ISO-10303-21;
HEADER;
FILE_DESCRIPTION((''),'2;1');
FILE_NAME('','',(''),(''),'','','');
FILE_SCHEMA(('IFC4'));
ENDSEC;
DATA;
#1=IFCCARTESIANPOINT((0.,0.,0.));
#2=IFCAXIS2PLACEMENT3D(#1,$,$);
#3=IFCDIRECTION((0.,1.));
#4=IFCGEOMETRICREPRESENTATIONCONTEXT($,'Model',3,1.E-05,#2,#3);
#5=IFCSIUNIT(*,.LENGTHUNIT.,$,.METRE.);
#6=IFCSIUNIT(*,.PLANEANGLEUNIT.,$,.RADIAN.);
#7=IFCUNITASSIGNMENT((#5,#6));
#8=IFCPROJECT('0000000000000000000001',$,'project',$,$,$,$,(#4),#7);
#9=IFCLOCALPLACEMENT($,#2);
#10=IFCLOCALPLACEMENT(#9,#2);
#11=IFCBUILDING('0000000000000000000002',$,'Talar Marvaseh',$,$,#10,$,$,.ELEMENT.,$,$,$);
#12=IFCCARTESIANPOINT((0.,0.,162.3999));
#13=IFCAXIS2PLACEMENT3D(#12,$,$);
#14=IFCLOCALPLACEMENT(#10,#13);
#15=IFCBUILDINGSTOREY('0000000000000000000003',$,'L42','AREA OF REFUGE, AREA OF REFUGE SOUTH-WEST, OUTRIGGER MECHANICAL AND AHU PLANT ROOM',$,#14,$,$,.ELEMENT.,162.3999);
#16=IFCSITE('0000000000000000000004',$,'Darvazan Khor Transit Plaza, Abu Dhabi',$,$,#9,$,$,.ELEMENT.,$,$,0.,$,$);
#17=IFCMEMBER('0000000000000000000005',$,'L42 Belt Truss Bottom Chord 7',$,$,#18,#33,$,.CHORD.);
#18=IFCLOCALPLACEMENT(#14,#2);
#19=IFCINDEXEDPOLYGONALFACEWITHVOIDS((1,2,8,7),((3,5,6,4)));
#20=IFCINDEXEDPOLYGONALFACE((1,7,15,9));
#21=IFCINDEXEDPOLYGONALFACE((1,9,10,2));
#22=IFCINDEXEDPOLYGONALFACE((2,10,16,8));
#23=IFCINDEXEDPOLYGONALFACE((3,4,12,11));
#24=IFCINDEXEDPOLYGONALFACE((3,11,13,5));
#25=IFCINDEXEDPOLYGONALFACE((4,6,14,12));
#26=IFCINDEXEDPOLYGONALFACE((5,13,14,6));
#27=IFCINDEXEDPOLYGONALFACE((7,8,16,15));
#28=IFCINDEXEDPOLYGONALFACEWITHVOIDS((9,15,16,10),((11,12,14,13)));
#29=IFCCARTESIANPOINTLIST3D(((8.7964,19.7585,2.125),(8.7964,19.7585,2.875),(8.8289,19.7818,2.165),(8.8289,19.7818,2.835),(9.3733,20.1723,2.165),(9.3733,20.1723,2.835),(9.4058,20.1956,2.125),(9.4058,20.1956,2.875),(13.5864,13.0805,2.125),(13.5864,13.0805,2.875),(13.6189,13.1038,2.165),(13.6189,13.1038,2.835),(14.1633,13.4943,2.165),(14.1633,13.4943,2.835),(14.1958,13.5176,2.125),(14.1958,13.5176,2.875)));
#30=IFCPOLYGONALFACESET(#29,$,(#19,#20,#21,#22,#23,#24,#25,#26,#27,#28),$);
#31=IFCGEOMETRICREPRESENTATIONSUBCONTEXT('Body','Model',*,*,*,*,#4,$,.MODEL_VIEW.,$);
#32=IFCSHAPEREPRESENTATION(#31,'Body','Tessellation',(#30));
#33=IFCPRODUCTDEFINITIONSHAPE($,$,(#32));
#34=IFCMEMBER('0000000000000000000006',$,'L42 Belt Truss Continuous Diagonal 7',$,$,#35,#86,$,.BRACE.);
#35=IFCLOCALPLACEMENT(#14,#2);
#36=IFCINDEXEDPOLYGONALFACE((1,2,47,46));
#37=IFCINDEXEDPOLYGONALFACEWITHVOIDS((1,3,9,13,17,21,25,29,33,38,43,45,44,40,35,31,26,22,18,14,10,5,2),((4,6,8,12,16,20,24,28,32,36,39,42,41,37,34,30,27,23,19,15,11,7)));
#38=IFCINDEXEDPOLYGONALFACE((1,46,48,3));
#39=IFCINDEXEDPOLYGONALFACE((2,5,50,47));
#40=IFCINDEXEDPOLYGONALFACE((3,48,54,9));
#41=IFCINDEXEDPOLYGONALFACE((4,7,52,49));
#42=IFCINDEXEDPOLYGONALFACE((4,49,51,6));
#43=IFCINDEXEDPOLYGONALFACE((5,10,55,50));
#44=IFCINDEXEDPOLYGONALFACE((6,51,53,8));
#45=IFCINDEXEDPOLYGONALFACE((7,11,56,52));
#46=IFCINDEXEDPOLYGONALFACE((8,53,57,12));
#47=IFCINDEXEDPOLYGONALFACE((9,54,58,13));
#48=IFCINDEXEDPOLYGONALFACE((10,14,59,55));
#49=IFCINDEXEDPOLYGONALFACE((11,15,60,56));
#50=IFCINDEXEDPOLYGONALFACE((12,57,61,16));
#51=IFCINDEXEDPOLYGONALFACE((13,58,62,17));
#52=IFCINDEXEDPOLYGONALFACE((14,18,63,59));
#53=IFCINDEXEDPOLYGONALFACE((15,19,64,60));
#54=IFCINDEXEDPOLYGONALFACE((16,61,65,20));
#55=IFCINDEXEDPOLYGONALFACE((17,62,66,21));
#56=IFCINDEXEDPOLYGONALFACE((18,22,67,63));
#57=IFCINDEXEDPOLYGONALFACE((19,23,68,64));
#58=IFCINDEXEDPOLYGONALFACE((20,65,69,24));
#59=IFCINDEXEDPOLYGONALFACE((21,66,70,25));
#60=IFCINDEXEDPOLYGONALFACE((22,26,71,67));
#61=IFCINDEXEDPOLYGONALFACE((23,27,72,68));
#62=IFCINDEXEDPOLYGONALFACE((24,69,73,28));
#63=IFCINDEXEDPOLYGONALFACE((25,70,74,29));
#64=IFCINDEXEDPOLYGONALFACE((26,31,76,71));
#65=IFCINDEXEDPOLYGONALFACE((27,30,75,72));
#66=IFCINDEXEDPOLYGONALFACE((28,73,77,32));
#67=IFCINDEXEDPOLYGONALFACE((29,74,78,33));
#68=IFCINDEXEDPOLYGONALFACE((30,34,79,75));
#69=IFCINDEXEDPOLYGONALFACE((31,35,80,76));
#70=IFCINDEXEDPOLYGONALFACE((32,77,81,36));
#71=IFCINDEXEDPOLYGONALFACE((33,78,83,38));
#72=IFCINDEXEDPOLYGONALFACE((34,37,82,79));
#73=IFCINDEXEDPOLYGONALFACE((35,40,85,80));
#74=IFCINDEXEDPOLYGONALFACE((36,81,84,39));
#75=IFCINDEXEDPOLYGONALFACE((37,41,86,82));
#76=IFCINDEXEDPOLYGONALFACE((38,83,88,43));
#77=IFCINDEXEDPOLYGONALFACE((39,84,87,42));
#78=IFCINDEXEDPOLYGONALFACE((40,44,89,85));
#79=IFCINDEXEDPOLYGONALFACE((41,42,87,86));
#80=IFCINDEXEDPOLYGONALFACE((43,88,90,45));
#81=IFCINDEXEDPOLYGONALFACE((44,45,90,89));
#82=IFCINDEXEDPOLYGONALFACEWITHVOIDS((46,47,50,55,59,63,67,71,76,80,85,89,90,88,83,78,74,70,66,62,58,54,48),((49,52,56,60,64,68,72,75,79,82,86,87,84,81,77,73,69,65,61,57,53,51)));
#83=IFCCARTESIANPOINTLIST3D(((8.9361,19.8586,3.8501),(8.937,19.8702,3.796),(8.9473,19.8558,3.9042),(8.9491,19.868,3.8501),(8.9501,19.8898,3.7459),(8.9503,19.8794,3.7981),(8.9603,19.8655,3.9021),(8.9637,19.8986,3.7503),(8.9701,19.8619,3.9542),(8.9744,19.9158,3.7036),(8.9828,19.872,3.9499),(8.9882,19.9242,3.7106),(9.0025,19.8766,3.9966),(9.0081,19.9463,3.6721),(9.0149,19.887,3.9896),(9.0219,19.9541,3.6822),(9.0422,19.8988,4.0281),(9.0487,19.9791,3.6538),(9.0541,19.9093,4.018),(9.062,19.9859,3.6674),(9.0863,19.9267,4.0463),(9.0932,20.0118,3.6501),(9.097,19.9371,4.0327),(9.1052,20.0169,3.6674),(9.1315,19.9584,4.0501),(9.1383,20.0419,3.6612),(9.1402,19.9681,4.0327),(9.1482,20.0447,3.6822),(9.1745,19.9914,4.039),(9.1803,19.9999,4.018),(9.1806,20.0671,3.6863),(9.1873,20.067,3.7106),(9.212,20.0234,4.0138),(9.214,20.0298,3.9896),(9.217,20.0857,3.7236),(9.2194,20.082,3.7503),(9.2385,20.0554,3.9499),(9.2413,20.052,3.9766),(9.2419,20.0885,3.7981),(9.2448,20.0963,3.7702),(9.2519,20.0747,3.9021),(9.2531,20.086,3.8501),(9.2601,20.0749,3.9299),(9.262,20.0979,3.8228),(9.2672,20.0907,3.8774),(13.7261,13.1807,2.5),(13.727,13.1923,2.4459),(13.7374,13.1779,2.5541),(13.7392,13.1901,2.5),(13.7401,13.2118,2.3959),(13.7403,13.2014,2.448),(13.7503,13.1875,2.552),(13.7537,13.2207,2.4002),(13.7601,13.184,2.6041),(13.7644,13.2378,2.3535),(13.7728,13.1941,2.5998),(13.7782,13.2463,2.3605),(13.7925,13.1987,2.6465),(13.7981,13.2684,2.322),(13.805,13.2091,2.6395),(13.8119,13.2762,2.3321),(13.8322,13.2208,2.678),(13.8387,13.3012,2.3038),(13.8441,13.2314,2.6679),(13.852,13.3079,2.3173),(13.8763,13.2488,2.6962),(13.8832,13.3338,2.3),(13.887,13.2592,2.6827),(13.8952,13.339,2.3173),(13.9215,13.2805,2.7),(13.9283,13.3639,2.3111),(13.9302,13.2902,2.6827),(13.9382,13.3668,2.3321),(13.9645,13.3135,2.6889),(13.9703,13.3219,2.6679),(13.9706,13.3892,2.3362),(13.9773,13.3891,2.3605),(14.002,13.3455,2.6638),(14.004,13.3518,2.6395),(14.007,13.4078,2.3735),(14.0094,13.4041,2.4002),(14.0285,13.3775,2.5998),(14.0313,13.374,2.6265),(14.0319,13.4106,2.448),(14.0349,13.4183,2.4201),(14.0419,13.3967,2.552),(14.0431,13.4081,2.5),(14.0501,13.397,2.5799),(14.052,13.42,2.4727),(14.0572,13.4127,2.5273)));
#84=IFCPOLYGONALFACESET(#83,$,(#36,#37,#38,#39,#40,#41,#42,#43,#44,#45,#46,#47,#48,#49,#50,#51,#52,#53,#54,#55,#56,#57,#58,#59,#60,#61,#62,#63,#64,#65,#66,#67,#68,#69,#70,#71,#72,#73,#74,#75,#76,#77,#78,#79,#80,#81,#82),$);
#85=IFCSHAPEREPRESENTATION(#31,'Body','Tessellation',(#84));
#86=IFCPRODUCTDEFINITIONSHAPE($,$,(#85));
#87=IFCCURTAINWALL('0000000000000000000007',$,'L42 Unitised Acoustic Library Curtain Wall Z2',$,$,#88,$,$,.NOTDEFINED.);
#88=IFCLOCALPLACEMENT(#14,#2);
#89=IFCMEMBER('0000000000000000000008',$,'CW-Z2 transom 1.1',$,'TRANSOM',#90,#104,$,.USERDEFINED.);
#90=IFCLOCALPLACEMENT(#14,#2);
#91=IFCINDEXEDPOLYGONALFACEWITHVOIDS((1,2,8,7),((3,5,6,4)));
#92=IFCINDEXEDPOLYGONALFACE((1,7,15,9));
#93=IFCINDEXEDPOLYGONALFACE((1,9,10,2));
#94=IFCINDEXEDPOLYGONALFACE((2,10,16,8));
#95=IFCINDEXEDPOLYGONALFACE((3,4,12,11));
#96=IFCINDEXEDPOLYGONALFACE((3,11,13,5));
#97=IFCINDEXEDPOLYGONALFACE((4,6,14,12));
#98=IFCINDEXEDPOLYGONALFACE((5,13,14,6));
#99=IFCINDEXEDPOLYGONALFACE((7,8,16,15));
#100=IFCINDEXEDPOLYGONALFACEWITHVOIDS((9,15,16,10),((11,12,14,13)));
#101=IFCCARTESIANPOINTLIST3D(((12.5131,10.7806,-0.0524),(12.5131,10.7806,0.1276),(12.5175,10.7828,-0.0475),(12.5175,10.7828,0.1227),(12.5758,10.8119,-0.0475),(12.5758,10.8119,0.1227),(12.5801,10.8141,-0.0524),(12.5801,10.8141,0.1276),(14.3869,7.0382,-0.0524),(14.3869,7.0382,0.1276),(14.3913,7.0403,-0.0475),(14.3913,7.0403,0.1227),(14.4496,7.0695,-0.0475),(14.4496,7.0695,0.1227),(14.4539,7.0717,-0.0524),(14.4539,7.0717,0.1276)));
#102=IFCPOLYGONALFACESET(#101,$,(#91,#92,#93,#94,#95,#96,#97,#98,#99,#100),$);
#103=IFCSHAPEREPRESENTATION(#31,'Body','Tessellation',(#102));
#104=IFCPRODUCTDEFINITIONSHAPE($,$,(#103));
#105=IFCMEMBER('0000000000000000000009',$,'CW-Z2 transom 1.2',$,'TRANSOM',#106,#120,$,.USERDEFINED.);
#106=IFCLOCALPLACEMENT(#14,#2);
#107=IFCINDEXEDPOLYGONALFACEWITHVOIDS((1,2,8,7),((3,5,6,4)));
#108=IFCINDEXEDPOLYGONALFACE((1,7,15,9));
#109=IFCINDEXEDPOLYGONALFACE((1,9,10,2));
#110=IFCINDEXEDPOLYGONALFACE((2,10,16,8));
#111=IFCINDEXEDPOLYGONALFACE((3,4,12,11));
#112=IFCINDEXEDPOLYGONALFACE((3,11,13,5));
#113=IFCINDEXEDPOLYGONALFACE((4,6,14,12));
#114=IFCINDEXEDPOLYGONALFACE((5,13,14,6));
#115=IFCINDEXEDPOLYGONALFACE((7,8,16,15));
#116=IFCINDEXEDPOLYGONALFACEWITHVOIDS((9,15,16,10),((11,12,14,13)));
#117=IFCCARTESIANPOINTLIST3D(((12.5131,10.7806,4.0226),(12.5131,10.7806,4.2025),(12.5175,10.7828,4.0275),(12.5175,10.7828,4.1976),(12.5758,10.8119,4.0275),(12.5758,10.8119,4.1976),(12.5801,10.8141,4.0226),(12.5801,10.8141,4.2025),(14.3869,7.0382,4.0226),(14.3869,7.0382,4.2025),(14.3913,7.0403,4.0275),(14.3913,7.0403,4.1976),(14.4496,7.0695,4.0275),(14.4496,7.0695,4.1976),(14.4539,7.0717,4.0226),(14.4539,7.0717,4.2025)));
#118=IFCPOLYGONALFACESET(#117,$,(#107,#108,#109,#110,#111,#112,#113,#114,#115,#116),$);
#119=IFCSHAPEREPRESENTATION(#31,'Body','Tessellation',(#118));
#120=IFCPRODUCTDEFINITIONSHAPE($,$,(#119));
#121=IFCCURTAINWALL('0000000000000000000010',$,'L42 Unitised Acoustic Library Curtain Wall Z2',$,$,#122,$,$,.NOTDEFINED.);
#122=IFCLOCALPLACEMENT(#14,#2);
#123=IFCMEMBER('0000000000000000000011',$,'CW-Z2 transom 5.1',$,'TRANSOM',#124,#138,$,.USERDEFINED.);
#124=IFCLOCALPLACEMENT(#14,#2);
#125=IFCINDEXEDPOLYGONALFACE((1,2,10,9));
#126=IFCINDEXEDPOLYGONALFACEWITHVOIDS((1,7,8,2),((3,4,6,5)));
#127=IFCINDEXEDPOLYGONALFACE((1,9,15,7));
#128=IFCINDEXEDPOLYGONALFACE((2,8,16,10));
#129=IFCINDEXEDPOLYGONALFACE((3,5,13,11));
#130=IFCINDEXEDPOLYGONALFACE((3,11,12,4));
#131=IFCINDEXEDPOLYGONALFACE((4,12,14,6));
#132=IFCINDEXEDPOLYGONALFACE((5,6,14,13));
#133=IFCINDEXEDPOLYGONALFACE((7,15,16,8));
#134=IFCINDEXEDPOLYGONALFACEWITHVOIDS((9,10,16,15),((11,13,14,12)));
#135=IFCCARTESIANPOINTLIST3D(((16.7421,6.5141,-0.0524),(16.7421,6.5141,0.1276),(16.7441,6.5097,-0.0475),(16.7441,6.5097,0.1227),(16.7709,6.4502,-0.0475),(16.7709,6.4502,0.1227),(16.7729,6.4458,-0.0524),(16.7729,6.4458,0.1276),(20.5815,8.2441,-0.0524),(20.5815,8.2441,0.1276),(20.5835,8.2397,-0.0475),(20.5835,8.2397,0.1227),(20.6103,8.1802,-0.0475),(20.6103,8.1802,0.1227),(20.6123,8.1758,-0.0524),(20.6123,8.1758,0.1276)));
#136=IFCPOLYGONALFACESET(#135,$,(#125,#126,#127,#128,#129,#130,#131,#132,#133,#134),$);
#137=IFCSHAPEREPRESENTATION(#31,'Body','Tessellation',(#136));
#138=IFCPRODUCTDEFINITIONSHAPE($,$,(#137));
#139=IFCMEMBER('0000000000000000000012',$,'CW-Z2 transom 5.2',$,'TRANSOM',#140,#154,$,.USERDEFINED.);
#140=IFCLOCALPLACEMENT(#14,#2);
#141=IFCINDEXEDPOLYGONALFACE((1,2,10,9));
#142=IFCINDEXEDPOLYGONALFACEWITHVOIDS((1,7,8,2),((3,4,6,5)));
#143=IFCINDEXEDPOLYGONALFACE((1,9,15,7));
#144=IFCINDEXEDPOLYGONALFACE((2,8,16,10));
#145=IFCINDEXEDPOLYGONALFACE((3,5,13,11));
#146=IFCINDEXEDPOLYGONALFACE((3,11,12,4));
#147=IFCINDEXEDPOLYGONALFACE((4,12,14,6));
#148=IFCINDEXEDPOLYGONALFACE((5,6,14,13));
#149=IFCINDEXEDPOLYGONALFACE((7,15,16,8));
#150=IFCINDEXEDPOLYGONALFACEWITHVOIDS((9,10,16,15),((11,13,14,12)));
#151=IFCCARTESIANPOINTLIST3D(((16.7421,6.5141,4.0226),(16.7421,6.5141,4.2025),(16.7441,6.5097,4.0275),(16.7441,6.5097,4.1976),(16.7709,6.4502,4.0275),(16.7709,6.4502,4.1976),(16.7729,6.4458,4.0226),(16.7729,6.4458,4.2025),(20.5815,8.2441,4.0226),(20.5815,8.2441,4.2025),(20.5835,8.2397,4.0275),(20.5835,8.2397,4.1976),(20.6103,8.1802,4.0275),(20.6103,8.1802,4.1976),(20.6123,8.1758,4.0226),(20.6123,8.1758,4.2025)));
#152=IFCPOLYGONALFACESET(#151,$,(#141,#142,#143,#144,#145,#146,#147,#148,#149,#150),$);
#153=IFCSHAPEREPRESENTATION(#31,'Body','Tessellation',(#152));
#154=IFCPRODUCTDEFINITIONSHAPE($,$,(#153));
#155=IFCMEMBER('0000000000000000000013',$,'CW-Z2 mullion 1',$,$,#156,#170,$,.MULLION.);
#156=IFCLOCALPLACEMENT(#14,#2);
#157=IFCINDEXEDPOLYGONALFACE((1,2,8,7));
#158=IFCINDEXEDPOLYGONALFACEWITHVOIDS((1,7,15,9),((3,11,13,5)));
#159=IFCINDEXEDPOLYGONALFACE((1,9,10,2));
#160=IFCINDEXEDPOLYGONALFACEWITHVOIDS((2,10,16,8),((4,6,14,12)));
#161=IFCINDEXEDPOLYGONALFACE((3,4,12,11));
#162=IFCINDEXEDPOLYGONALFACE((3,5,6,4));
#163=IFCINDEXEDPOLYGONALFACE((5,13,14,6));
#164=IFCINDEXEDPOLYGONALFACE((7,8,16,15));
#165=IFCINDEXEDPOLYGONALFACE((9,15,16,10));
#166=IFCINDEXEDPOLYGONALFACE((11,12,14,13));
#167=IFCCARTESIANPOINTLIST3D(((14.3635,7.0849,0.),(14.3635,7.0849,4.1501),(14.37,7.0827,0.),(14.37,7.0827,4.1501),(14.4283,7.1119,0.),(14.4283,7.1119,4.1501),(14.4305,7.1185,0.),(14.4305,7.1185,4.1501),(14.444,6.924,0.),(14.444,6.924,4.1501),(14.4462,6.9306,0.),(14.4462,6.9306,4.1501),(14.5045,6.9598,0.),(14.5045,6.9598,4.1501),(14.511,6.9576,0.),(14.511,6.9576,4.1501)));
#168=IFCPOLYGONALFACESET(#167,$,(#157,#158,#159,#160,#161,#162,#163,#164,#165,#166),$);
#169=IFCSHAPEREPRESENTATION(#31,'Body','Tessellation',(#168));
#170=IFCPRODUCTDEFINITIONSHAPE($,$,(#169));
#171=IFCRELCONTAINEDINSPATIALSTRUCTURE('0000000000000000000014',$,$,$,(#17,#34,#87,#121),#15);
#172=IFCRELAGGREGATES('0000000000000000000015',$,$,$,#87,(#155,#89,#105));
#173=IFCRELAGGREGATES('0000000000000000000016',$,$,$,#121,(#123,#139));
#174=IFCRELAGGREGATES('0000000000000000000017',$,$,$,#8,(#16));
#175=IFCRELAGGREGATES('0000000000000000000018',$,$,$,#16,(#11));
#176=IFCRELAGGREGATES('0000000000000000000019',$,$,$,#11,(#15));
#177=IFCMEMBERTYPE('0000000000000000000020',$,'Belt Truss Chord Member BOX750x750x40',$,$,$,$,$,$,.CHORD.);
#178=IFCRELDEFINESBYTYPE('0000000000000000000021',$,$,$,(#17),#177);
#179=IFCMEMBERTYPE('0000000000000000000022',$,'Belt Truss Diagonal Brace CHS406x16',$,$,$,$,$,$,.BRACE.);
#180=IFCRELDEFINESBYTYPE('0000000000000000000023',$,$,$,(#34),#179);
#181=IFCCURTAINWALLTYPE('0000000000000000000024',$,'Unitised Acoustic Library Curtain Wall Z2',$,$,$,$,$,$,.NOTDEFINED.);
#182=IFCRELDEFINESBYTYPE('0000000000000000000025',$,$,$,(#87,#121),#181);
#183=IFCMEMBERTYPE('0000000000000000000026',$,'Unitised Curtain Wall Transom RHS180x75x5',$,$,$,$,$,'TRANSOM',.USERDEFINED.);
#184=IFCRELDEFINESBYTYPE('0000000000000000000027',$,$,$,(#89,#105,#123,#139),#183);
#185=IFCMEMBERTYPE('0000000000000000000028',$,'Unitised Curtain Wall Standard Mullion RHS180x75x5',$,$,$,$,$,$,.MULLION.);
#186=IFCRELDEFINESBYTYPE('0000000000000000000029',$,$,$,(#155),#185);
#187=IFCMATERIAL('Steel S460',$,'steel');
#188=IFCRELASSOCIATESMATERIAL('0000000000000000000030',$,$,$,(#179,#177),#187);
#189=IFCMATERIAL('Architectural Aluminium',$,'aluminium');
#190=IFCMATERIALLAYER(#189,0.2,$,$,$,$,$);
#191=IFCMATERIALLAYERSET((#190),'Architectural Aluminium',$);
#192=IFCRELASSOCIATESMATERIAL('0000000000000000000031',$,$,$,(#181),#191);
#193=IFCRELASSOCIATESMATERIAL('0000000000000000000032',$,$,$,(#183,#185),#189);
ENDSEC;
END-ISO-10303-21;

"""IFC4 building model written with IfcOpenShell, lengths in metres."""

from ifc_helpers import new_model, si_unit, direction, frame, origin, origin_2d, place, context, subcontext, project, spatial, hollow_rectangle, hollow_circle, extrude, source, transform, mapped, material, layer, layer_set, material_profile, profile_set, type_object, type_shapes, element, aggregate, save


model = new_model("IFC4")

# Units and contexts
model_context = context("Model", 3, precision=1e-05, world=origin(), true_north=direction((0.0, 1.0)))
body_context = subcontext(model_context, "Body", "Model", "MODEL_VIEW")
ifc_project = project(units=[si_unit("LENGTHUNIT", "METRE"), si_unit("PLANEANGLEUNIT", "RADIAN")], contexts=[model_context])

# Site, building, storey
site_placement = place(None, origin())
site = spatial("IfcSite", under=ifc_project, at=site_placement, Name="Darvazan Khor Transit Plaza, Abu Dhabi", CompositionType="ELEMENT", RefElevation=0.0)
building_placement = place(site_placement, origin())
building = spatial("IfcBuilding", under=site, at=building_placement, Name="Talar Marvaseh", CompositionType="ELEMENT")
storey_placement = place(building_placement, frame((0.0, 0.0, 162.3999)))
storey = spatial("IfcBuildingStorey", under=building, at=storey_placement, Name="L42", Description="AREA OF REFUGE, AREA OF REFUGE SOUTH-WEST, OUTRIGGER MECHANICAL AND AHU PLANT ROOM", CompositionType="ELEMENT", Elevation=162.3999)

# Shared definitions
ifc_material_1 = material(Name="Steel S460", Category="steel")

# Members
ifc_material_profile_1 = material_profile(ifc_material_1, hollow_circle(Radius=0.2031, WallThickness=0.0161, at=origin_2d()), Name="CHS406x16")
ifc_profile_set_1 = profile_set([ifc_material_profile_1], Name="Steel S460")
member_type_1 = type_object("IfcMemberType", Name="Belt Truss Diagonal Brace CHS406x16", PredefinedType="BRACE", material=ifc_profile_set_1)
ifc_material_profile_2 = material_profile(ifc_material_1, hollow_rectangle(XDim=0.75, YDim=0.75, WallThickness=0.04, at=origin_2d()), Name="BOX750x750x40")
ifc_profile_set_2 = profile_set([ifc_material_profile_2], Name="Steel S460")
member_type_2 = type_object("IfcMemberType", Name="Belt Truss Chord Member BOX750x750x40", PredefinedType="CHORD", material=ifc_profile_set_2)
shared_shape_1 = source(origin(), body_context, "Body", "SweptSolid", [
    extrude(hollow_rectangle(XDim=0.75, YDim=0.75, WallThickness=0.04, at=origin_2d()), origin(), (0.0, 0.0, 1.0), 8.2183),
])
type_shapes(member_type_2, [shared_shape_1])
member_1_placement = place(storey_placement, frame((13.8911, 13.2991, 2.5), z_axis=(-0.582853, 0.812578, 0.0), x_axis=(-0.812578, -0.582853, 0.0)))
element("IfcMember", 1, at=member_1_placement, inside=storey, type_object=member_type_2, Name="L42 Belt Truss Bottom Chord 7", PredefinedType="CHORD", context=body_context, shape_type="MappedRepresentation", body=[
    mapped(shared_shape_1, transform((0.0, 0.0, 0.0), x_axis=(1.0, 0.0, 0.0), y_axis=(0.0, 1.0, 0.0), z_axis=(0.0, 0.0, 1.0), scale=1.0)),
])
shared_shape_2 = source(origin(), body_context, "Body", "SweptSolid", [
    extrude(hollow_circle(Radius=0.2031, WallThickness=0.0161, at=origin_2d()), origin(), (0.0, 0.0, 1.0), 8.3284),
])
member_2_placement = place(storey_placement, frame((13.8911, 13.2991, 2.5), z_axis=(-0.575144, 0.80183, 0.162107), x_axis=(-0.812578, -0.582853, 0.0)))
element("IfcMember", 2, at=member_2_placement, inside=storey, type_object=member_type_1, Name="L42 Belt Truss Continuous Diagonal 7", PredefinedType="BRACE", context=body_context, shape_type="MappedRepresentation", body=[
    mapped(shared_shape_2, transform((0.0, 0.0, 0.0), x_axis=(1.0, 0.0, 0.0), y_axis=(0.0, 1.0, 0.0), z_axis=(0.0, 0.0, 1.0), scale=1.0)),
])

# Curtain walls, members
ifc_material_2 = material(Name="Architectural Aluminium", Category="aluminium")
ifc_layer_1 = layer(ifc_material_2, 0.2)
ifc_layer_set_1 = layer_set([ifc_layer_1], Name="Architectural Aluminium")
curtain_wall_type = type_object("IfcCurtainWallType", Name="Unitised Acoustic Library Curtain Wall Z2", PredefinedType="NOTDEFINED", material=ifc_layer_set_1)
curtain_wall_1_placement = place(storey_placement, origin())
curtain_wall_1 = element("IfcCurtainWall", 3, at=curtain_wall_1_placement, inside=storey, type_object=curtain_wall_type, Name="L42 Unitised Acoustic Library Curtain Wall Z2", PredefinedType="NOTDEFINED")
ifc_material_profile_3 = material_profile(ifc_material_2, hollow_rectangle(XDim=0.075, YDim=0.1799, WallThickness=0.0049, at=origin_2d()), Name="RHS180x75x5")
ifc_profile_set_3 = profile_set([ifc_material_profile_3], Name="Architectural Aluminium")
member_type_3 = type_object("IfcMemberType", Name="Unitised Curtain Wall Transom RHS180x75x5", ElementType="TRANSOM", PredefinedType="USERDEFINED", material=ifc_profile_set_3)
shared_shape_3 = source(origin(), body_context, "Body", "SweptSolid", [
    extrude(hollow_rectangle(XDim=0.075, YDim=0.1799, WallThickness=0.0049, at=origin_2d()), origin(), (0.0, 0.0, 1.0), 4.1853),
])
member_3_placement = place(storey_placement, frame((14.4204, 7.0549, 0.0376), z_axis=(-0.447704, 0.894182, 0.0), x_axis=(-0.894182, -0.447704, 0.0)))
member_3 = element("IfcMember", 4, at=member_3_placement, type_object=member_type_3, Name="CW-Z2 transom 1.1", ObjectType="TRANSOM", PredefinedType="USERDEFINED", context=body_context, shape_type="MappedRepresentation", body=[
    mapped(shared_shape_3, transform((0.0, 0.0, 0.0), x_axis=(1.0, 0.0, 0.0), y_axis=(0.0, 1.0, 0.0), z_axis=(0.0, 0.0, 1.0), scale=1.0)),
])
member_4_placement = place(storey_placement, frame((14.4204, 7.0549, 4.1125), z_axis=(-0.447704, 0.894182, 0.0), x_axis=(-0.894182, -0.447704, 0.0)))
member_4 = element("IfcMember", 5, at=member_4_placement, type_object=member_type_3, Name="CW-Z2 transom 1.2", ObjectType="TRANSOM", PredefinedType="USERDEFINED", context=body_context, shape_type="MappedRepresentation", body=[
    mapped(shared_shape_3, transform((0.0, 0.0, 0.0), x_axis=(1.0, 0.0, 0.0), y_axis=(0.0, 1.0, 0.0), z_axis=(0.0, 0.0, 1.0), scale=1.0)),
])
curtain_wall_2_placement = place(storey_placement, origin())
curtain_wall_2 = element("IfcCurtainWall", 6, at=curtain_wall_2_placement, inside=storey, type_object=curtain_wall_type, Name="L42 Unitised Acoustic Library Curtain Wall Z2", PredefinedType="NOTDEFINED")
shared_shape_4 = source(origin(), body_context, "Body", "SweptSolid", [
    extrude(hollow_rectangle(XDim=0.075, YDim=0.1799, WallThickness=0.0049, at=origin_2d()), origin(), (0.0, 0.0, 1.0), 4.2112),
])
type_shapes(member_type_3, [shared_shape_3, shared_shape_4])
member_5_placement = place(storey_placement, frame((20.5969, 8.21, 0.0376), z_axis=(-0.91172, -0.410813, 0.0), x_axis=(0.410813, -0.91172, 0.0)))
member_5 = element("IfcMember", 7, at=member_5_placement, type_object=member_type_3, Name="CW-Z2 transom 5.1", ObjectType="TRANSOM", PredefinedType="USERDEFINED", context=body_context, shape_type="MappedRepresentation", body=[
    mapped(shared_shape_4, transform((0.0, 0.0, 0.0), x_axis=(1.0, 0.0, 0.0), y_axis=(0.0, 1.0, 0.0), z_axis=(0.0, 0.0, 1.0), scale=1.0)),
])
member_6_placement = place(storey_placement, frame((20.5969, 8.21, 4.1125), z_axis=(-0.91172, -0.410813, 0.0), x_axis=(0.410813, -0.91172, 0.0)))
member_6 = element("IfcMember", 8, at=member_6_placement, type_object=member_type_3, Name="CW-Z2 transom 5.2", ObjectType="TRANSOM", PredefinedType="USERDEFINED", context=body_context, shape_type="MappedRepresentation", body=[
    mapped(shared_shape_4, transform((0.0, 0.0, 0.0), x_axis=(1.0, 0.0, 0.0), y_axis=(0.0, 1.0, 0.0), z_axis=(0.0, 0.0, 1.0), scale=1.0)),
])

# Member
ifc_material_profile_4 = material_profile(ifc_material_2, hollow_rectangle(XDim=0.075, YDim=0.1799, WallThickness=0.0049, at=origin_2d()), Name="RHS180x75x5")
ifc_profile_set_4 = profile_set([ifc_material_profile_4], Name="Architectural Aluminium")
member_type_4 = type_object("IfcMemberType", Name="Unitised Curtain Wall Standard Mullion RHS180x75x5", PredefinedType="MULLION", material=ifc_profile_set_4)
shared_shape_5 = source(origin(), body_context, "Body", "SweptSolid", [
    extrude(hollow_rectangle(XDim=0.075, YDim=0.1799, WallThickness=0.0049, at=origin_2d()), origin(), (0.0, 0.0, 1.0), 4.1501),
])
type_shapes(member_type_4, [shared_shape_5])
member_7_placement = place(storey_placement, frame((14.4373, 7.0212, 0.0), z_axis=(0.0, 0.0, 1.0), x_axis=(-0.894183, -0.447702, 0.0)))
member_7 = element("IfcMember", 9, at=member_7_placement, type_object=member_type_4, Name="CW-Z2 mullion 1", PredefinedType="MULLION", context=body_context, shape_type="MappedRepresentation", body=[
    mapped(shared_shape_5, transform((0.0, 0.0, 0.0), x_axis=(1.0, 0.0, 0.0), y_axis=(0.0, 1.0, 0.0), z_axis=(0.0, 0.0, 1.0), scale=1.0)),
])
aggregate(curtain_wall_1, [member_7, member_3, member_4])

aggregate(curtain_wall_2, [member_5, member_6])

save(model, "model.ifc")
